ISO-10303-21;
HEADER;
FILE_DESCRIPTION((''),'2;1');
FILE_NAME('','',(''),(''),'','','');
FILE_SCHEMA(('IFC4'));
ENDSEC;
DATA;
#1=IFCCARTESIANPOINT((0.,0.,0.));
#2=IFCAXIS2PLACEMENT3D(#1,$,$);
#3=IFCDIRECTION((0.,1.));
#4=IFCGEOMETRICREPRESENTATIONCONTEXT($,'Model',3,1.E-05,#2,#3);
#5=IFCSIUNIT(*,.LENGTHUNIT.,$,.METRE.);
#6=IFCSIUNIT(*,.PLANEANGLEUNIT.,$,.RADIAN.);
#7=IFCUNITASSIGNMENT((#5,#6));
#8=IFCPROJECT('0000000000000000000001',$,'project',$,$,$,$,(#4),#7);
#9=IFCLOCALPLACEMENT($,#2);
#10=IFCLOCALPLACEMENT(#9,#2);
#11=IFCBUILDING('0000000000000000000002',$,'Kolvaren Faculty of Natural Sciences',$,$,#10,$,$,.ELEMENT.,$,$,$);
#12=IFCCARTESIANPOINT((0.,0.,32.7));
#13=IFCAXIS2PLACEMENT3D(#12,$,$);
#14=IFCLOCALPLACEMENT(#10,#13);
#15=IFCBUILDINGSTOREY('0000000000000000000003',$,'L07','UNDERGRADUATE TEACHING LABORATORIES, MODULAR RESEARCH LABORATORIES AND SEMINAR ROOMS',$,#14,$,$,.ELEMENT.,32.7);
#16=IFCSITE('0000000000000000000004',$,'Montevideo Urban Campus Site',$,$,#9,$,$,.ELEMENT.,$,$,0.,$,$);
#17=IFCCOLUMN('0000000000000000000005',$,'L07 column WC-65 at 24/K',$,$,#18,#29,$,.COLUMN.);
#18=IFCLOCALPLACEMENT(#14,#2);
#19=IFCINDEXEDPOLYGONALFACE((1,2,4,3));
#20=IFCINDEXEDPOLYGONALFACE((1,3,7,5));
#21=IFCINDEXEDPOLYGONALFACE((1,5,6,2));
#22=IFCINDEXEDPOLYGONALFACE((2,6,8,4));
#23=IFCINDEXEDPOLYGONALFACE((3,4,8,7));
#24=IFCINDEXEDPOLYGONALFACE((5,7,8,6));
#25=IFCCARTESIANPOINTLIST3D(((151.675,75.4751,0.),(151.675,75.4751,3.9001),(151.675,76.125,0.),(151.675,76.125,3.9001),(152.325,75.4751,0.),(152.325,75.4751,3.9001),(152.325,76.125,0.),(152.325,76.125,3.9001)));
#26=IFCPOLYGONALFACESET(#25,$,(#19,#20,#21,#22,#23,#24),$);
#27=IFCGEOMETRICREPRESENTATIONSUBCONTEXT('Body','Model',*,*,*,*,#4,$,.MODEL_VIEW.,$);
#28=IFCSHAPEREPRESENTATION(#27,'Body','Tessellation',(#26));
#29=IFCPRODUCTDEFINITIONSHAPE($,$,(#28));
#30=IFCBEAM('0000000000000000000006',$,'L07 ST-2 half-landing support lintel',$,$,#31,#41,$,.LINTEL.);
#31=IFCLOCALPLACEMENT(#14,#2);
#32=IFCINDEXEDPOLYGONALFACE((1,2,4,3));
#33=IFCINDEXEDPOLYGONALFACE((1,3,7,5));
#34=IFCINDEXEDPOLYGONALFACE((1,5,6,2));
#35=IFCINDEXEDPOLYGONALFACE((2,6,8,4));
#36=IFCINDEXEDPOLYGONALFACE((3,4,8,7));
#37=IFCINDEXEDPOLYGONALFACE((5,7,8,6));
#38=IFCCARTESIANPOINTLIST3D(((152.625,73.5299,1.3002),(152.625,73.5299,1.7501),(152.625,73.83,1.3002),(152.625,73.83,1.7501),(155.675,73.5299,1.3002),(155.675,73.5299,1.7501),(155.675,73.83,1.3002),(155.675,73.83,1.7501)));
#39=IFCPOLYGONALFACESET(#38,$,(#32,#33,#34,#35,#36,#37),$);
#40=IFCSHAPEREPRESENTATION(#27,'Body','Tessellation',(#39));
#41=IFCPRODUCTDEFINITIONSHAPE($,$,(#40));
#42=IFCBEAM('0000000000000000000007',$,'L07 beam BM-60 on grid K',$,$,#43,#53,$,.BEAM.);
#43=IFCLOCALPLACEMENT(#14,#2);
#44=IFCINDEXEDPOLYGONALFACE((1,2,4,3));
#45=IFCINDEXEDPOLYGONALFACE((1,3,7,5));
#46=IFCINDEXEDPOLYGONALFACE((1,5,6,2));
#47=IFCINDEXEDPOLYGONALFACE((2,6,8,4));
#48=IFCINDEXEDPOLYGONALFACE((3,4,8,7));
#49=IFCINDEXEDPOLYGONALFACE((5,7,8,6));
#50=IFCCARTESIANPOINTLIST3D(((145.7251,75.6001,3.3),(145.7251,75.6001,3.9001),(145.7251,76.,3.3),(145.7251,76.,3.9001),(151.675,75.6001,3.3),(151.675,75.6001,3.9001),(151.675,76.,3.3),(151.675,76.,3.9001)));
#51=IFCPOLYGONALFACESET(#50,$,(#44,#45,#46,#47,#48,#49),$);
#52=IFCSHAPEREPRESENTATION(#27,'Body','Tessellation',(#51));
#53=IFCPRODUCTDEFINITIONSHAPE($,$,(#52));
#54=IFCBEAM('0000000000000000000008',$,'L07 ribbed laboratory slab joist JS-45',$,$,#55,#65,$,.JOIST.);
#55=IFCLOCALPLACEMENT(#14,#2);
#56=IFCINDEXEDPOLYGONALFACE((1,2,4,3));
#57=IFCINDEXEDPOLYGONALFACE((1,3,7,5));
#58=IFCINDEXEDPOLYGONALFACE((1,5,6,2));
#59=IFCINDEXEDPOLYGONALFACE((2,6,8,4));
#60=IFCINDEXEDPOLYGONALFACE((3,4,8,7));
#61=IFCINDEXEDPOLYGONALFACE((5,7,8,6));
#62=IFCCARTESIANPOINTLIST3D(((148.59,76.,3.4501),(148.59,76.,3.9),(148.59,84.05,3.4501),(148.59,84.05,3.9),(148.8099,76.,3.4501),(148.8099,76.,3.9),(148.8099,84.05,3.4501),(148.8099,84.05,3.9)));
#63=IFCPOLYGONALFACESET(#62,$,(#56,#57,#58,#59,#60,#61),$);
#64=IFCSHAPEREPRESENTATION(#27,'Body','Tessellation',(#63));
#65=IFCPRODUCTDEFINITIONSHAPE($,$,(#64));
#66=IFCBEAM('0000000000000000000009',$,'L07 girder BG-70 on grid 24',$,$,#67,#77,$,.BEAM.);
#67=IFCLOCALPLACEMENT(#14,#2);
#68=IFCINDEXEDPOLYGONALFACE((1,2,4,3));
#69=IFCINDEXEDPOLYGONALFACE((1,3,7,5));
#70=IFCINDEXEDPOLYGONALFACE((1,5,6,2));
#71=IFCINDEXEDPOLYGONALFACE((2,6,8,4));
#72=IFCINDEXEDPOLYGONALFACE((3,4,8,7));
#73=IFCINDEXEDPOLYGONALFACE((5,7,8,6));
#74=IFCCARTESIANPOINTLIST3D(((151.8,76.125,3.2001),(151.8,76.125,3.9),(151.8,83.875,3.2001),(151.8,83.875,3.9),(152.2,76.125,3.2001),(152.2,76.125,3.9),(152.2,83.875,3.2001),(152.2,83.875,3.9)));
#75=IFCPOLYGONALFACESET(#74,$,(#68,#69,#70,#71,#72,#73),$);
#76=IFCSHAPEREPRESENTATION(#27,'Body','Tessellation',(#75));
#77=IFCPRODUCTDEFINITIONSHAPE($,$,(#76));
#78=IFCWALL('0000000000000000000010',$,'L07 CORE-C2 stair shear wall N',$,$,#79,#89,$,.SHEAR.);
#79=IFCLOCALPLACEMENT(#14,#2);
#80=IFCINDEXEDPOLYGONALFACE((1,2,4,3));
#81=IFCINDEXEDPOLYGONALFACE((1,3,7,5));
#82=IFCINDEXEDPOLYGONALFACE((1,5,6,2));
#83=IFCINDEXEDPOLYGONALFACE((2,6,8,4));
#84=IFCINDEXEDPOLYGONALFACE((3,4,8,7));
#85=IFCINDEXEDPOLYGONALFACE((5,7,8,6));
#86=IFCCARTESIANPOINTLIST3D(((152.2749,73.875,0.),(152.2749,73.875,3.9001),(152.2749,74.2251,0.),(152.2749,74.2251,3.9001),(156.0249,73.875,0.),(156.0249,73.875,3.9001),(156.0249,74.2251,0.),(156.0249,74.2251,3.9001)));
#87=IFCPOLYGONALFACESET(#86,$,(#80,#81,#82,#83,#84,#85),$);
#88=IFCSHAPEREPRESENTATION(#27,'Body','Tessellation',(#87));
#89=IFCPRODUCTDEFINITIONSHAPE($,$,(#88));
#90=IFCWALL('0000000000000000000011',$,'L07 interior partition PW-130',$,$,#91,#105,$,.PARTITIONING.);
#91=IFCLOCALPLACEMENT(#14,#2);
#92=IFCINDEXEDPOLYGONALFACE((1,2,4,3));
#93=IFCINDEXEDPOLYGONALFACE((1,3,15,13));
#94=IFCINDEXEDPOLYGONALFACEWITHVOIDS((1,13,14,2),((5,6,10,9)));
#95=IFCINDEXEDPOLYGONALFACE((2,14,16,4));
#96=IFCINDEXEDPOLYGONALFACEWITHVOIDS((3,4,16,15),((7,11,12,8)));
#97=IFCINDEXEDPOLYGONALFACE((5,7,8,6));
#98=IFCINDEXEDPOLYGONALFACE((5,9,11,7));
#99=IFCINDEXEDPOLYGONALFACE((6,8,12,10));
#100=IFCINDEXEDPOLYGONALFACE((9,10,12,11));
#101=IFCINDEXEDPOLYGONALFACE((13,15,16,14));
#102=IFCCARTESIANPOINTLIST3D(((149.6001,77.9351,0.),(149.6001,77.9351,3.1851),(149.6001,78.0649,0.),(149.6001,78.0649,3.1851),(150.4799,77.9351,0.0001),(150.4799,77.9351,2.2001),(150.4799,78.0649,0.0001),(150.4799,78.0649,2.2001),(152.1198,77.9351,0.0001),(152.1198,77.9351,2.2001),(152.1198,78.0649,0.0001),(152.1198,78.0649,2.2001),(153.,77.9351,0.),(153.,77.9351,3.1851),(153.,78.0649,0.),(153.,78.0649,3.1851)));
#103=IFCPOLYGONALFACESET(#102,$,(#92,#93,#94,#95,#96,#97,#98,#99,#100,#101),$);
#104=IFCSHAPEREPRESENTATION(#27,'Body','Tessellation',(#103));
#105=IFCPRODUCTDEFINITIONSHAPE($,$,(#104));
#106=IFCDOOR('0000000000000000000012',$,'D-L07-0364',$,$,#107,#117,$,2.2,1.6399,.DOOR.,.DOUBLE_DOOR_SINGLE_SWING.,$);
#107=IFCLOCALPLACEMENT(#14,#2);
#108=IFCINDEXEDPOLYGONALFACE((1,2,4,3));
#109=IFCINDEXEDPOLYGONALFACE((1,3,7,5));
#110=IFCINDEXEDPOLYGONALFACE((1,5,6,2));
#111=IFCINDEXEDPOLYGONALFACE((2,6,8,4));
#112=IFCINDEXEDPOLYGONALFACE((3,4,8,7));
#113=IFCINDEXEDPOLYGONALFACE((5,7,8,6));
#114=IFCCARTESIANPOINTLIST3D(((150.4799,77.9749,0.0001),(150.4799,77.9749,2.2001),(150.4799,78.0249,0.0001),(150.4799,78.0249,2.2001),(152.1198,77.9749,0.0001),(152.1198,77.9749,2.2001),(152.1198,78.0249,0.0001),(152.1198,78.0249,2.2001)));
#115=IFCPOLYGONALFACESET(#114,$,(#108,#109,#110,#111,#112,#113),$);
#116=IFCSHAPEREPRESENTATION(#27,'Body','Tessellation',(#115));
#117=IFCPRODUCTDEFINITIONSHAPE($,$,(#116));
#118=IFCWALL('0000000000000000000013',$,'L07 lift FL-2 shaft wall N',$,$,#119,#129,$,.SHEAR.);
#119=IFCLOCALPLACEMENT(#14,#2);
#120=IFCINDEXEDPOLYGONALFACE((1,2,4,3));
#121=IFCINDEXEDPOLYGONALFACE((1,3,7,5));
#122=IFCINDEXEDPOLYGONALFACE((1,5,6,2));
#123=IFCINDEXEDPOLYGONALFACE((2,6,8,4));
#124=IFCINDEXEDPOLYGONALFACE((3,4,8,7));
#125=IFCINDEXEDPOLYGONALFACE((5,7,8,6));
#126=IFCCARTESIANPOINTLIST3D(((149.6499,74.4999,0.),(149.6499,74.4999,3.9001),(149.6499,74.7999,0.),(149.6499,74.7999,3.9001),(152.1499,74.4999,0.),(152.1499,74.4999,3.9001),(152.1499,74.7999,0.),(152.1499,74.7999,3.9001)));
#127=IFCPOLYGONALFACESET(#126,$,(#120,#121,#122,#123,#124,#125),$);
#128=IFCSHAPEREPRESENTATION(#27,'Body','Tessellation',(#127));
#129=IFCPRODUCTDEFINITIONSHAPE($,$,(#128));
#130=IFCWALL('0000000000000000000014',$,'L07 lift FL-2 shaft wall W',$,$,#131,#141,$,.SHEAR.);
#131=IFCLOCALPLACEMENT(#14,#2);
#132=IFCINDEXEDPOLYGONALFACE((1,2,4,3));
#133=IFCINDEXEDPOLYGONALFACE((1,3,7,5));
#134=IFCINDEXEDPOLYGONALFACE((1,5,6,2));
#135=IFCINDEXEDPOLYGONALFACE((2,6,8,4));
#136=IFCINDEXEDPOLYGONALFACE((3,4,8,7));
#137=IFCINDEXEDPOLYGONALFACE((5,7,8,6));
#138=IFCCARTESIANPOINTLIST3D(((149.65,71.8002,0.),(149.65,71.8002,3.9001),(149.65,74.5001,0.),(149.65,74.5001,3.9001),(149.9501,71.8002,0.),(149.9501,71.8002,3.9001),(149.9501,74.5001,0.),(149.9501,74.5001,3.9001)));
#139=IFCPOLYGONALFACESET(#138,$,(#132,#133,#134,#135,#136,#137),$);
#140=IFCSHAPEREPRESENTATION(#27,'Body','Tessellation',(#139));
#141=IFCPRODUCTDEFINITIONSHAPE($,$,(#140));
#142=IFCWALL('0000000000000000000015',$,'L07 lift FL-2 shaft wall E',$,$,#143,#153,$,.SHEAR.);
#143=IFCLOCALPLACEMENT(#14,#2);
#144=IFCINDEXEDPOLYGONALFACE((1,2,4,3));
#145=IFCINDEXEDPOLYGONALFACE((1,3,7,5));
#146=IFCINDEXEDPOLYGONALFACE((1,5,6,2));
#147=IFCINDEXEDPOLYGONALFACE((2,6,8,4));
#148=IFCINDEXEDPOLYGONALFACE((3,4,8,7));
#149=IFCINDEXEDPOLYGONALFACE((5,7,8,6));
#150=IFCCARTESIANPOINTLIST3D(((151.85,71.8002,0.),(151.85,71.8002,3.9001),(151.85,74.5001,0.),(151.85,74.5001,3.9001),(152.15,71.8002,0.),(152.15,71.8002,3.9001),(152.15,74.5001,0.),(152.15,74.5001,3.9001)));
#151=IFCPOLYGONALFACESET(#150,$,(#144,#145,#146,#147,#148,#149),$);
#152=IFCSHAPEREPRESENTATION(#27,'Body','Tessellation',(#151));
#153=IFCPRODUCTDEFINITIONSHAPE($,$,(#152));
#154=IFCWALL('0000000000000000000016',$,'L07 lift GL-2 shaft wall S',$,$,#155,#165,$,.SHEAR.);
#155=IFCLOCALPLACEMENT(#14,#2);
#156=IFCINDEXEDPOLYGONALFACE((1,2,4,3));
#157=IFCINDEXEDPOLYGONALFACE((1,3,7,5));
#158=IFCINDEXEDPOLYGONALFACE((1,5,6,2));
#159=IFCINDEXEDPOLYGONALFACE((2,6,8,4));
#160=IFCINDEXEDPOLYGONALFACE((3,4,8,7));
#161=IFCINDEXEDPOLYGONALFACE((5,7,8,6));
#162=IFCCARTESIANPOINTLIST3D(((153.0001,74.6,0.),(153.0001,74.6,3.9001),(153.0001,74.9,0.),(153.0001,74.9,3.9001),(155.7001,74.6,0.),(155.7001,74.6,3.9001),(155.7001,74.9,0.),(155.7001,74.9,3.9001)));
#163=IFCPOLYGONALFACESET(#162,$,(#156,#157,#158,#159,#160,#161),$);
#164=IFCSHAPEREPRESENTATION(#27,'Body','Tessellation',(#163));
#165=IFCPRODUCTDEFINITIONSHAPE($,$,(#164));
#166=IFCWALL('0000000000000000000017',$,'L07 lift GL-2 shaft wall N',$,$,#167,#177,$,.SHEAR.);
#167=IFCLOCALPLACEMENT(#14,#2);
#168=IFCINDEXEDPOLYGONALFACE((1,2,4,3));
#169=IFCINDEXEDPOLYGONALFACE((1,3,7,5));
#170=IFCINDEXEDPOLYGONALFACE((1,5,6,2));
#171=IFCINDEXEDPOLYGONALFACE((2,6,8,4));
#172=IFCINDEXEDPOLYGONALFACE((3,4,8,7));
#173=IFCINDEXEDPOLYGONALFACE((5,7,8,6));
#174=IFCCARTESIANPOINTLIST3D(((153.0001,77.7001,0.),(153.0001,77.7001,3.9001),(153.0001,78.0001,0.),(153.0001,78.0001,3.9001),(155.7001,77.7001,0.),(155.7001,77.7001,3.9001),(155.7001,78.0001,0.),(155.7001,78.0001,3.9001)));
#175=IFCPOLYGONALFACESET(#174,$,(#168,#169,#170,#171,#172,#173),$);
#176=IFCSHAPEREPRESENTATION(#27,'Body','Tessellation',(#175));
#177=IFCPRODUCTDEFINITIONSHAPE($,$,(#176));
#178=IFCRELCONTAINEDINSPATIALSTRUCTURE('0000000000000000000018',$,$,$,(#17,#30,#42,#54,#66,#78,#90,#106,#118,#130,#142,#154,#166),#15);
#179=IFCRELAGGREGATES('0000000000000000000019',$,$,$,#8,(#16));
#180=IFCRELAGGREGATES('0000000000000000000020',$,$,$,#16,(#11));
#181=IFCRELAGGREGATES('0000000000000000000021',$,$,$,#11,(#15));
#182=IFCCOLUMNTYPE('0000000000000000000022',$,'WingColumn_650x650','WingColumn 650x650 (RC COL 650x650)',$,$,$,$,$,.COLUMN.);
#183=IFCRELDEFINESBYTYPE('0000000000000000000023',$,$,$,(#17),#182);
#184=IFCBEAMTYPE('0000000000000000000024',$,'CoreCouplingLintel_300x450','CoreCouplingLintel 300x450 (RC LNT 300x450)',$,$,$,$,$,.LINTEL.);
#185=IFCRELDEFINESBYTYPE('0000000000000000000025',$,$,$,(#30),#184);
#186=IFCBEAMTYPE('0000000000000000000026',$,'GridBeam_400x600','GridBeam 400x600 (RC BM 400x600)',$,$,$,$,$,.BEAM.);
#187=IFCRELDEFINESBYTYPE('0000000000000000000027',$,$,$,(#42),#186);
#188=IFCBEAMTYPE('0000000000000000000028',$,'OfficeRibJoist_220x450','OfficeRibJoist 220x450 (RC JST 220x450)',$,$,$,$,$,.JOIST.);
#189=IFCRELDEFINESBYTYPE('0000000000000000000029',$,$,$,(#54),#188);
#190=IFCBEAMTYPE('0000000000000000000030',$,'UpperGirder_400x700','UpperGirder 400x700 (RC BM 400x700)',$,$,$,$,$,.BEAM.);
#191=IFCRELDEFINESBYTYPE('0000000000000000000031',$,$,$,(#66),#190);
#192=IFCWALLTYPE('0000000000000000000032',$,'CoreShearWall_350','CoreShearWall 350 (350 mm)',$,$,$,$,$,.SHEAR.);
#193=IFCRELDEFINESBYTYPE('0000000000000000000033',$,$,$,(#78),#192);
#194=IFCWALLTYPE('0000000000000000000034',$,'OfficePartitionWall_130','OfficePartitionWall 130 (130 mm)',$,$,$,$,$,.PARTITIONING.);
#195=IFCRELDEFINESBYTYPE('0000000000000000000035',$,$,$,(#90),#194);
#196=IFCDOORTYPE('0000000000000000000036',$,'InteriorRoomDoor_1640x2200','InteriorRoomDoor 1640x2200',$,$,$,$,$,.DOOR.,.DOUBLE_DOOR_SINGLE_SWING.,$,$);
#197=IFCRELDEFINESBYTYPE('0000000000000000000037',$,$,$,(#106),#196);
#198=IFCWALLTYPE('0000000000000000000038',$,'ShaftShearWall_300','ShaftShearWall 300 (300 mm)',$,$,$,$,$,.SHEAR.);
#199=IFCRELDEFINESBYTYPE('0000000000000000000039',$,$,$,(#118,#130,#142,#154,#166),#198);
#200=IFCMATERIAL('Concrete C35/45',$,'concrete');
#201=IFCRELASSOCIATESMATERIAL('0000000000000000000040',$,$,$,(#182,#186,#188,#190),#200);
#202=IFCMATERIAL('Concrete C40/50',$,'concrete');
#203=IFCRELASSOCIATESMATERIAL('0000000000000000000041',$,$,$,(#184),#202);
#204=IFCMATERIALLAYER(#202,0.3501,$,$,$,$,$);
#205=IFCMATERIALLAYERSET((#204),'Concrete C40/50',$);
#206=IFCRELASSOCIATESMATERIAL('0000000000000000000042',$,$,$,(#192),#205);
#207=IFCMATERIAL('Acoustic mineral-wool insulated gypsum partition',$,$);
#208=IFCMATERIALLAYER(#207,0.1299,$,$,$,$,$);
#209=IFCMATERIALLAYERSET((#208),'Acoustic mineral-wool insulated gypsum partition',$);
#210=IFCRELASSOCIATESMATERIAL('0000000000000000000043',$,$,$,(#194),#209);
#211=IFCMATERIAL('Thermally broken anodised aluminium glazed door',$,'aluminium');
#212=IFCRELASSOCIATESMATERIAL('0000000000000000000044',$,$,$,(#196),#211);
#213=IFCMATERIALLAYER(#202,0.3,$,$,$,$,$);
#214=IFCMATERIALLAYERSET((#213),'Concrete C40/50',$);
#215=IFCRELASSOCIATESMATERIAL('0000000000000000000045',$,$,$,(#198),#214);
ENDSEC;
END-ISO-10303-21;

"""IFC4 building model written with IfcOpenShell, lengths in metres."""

from ifc_helpers import new_model, si_unit, direction, frame, frame_2d, origin, origin_2d, place, context, subcontext, project, spatial, rectangle, extrude, material, layer, layer_set, material_profile, profile_set, type_object, element, fill, save


model = new_model("IFC4")

# Units and contexts
model_context = context("Model", 3, precision=1e-05, world=origin(), true_north=direction((0.0, 1.0)))
body_context = subcontext(model_context, "Body", "Model", "MODEL_VIEW")
ifc_project = project(units=[si_unit("LENGTHUNIT", "METRE"), si_unit("PLANEANGLEUNIT", "RADIAN")], contexts=[model_context])

# Site, building, storey
site_placement = place(None, origin())
site = spatial("IfcSite", under=ifc_project, at=site_placement, Name="Montevideo Urban Campus Site", CompositionType="ELEMENT", RefElevation=0.0)
building_placement = place(site_placement, origin())
building = spatial("IfcBuilding", under=site, at=building_placement, Name="Kolvaren Faculty of Natural Sciences", CompositionType="ELEMENT")
storey_placement = place(building_placement, frame((0.0, 0.0, 32.7)))
storey = spatial("IfcBuildingStorey", under=building, at=storey_placement, Name="L07", Description="UNDERGRADUATE TEACHING LABORATORIES, MODULAR RESEARCH LABORATORIES AND SEMINAR ROOMS", CompositionType="ELEMENT", Elevation=32.7)

# Column
ifc_material_1 = material(Name="Concrete C35/45", Category="concrete")
ifc_material_profile_1 = material_profile(ifc_material_1, rectangle(XDim=0.6499, YDim=0.6499, at=origin_2d()), Name="RC COL 650x650")
ifc_profile_set_1 = profile_set([ifc_material_profile_1], Name="Concrete C35/45")
column_type = type_object("IfcColumnType", Name="WingColumn_650x650", Description="WingColumn 650x650 (RC COL 650x650)", PredefinedType="COLUMN", material=ifc_profile_set_1)
column_placement = place(storey_placement, frame((152.0, 75.8, 0.0), z_axis=(0.0, 0.0, 1.0), x_axis=(1.0, 0.0, 0.0)))
element("IfcColumn", 1, at=column_placement, inside=storey, type_object=column_type, Name="L07 column WC-65 at 24/K", PredefinedType="COLUMN", context=body_context, shape_type="SweptSolid", body=[
    extrude(rectangle(XDim=0.6499, YDim=0.6499, at=origin_2d()), origin(), (0.0, 0.0, 1.0), 3.9001),
])

# Beams
ifc_material_2 = material(Name="Concrete C40/50", Category="concrete")
ifc_material_profile_2 = material_profile(ifc_material_2, rectangle(XDim=0.3, YDim=0.45, at=origin_2d()), Name="RC LNT 300x450")
ifc_profile_set_2 = profile_set([ifc_material_profile_2], Name="Concrete C40/50")
beam_type_1 = type_object("IfcBeamType", Name="CoreCouplingLintel_300x450", Description="CoreCouplingLintel 300x450 (RC LNT 300x450)", PredefinedType="LINTEL", material=ifc_profile_set_2)
beam_1_placement = place(storey_placement, frame((152.625, 73.6799, 1.5251), z_axis=(1.0, 0.0, 0.0), x_axis=(0.0, 1.0, 0.0)))
element("IfcBeam", 2, at=beam_1_placement, inside=storey, type_object=beam_type_1, Name="L07 ST-2 half-landing support lintel", PredefinedType="LINTEL", context=body_context, shape_type="SweptSolid", body=[
    extrude(rectangle(XDim=0.3, YDim=0.45, at=origin_2d()), origin(), (0.0, 0.0, 1.0), 3.05),
])
ifc_material_profile_3 = material_profile(ifc_material_1, rectangle(XDim=0.3999, YDim=0.6001, at=origin_2d()), Name="RC BM 400x600")
ifc_profile_set_3 = profile_set([ifc_material_profile_3], Name="Concrete C35/45")
beam_type_2 = type_object("IfcBeamType", Name="GridBeam_400x600", Description="GridBeam 400x600 (RC BM 400x600)", PredefinedType="BEAM", material=ifc_profile_set_3)
beam_2_placement = place(storey_placement, frame((145.7251, 75.8, 3.6001), z_axis=(1.0, 0.0, 0.0), x_axis=(0.0, 1.0, 0.0)))
element("IfcBeam", 3, at=beam_2_placement, inside=storey, type_object=beam_type_2, Name="L07 beam BM-60 on grid K", PredefinedType="BEAM", context=body_context, shape_type="SweptSolid", body=[
    extrude(rectangle(XDim=0.3999, YDim=0.6001, at=origin_2d()), origin(), (0.0, 0.0, 1.0), 5.95),
])
ifc_material_profile_4 = material_profile(ifc_material_1, rectangle(XDim=0.22, YDim=0.45, at=origin_2d()), Name="RC JST 220x450")
ifc_profile_set_4 = profile_set([ifc_material_profile_4], Name="Concrete C35/45")
beam_type_3 = type_object("IfcBeamType", Name="OfficeRibJoist_220x450", Description="OfficeRibJoist 220x450 (RC JST 220x450)", PredefinedType="JOIST", material=ifc_profile_set_4)
beam_3_placement = place(storey_placement, frame((148.7, 76.0, 3.675), z_axis=(0.0, 1.0, 0.0), x_axis=(-1.0, 0.0, 0.0)))
element("IfcBeam", 4, at=beam_3_placement, inside=storey, type_object=beam_type_3, Name="L07 ribbed laboratory slab joist JS-45", PredefinedType="JOIST", context=body_context, shape_type="SweptSolid", body=[
    extrude(rectangle(XDim=0.22, YDim=0.45, at=origin_2d()), origin(), (0.0, 0.0, 1.0), 8.05),
])
ifc_material_profile_5 = material_profile(ifc_material_1, rectangle(XDim=0.3999, YDim=0.7, at=origin_2d()), Name="RC BM 400x700")
ifc_profile_set_5 = profile_set([ifc_material_profile_5], Name="Concrete C35/45")
beam_type_4 = type_object("IfcBeamType", Name="UpperGirder_400x700", Description="UpperGirder 400x700 (RC BM 400x700)", PredefinedType="BEAM", material=ifc_profile_set_5)
beam_4_placement = place(storey_placement, frame((152.0, 76.125, 3.55), z_axis=(0.0, 1.0, 0.0), x_axis=(-1.0, 0.0, 0.0)))
element("IfcBeam", 5, at=beam_4_placement, inside=storey, type_object=beam_type_4, Name="L07 girder BG-70 on grid 24", PredefinedType="BEAM", context=body_context, shape_type="SweptSolid", body=[
    extrude(rectangle(XDim=0.3999, YDim=0.7, at=origin_2d()), origin(), (0.0, 0.0, 1.0), 7.75),
])

# Wall
ifc_layer_1 = layer(ifc_material_2, 0.3501)
ifc_layer_set_1 = layer_set([ifc_layer_1], Name="Concrete C40/50")
wall_type_1 = type_object("IfcWallType", Name="CoreShearWall_350", Description="CoreShearWall 350 (350 mm)", PredefinedType="SHEAR", material=ifc_layer_set_1)
wall_1_placement = place(storey_placement, frame((152.2749, 74.05, 0.0), z_axis=(0.0, 0.0, 1.0), x_axis=(1.0, 0.0, 0.0)))
element("IfcWall", 6, at=wall_1_placement, inside=storey, type_object=wall_type_1, Name="L07 CORE-C2 stair shear wall N", PredefinedType="SHEAR", context=body_context, shape_type="SweptSolid", body=[
    extrude(rectangle(XDim=3.75, YDim=0.3501, at=frame_2d((1.875, 0.0))), origin(), (0.0, 0.0, 1.0), 3.9001),
])

# Wall, opening, door
ifc_material_3 = material(Name="Acoustic mineral-wool insulated gypsum partition")
ifc_layer_2 = layer(ifc_material_3, 0.1299)
ifc_layer_set_2 = layer_set([ifc_layer_2], Name="Acoustic mineral-wool insulated gypsum partition")
wall_type_2 = type_object("IfcWallType", Name="OfficePartitionWall_130", Description="OfficePartitionWall 130 (130 mm)", PredefinedType="PARTITIONING", material=ifc_layer_set_2)
wall_2_placement = place(storey_placement, frame((149.6001, 78.0, 0.0), z_axis=(0.0, 0.0, 1.0), x_axis=(1.0, 0.0, 0.0)))
wall_2 = element("IfcWall", 7, at=wall_2_placement, inside=storey, type_object=wall_type_2, Name="L07 interior partition PW-130", PredefinedType="PARTITIONING", context=body_context, shape_type="SweptSolid", body=[
    extrude(rectangle(XDim=3.3999, YDim=0.1299, at=frame_2d((1.7, 0.0))), origin(), (0.0, 0.0, 1.0), 3.1851),
])
opening_1_placement = place(wall_2_placement, frame((0.8799, 0.0, 0.0)))
opening_1 = element("IfcOpeningElement", 8, at=opening_1_placement, cuts=wall_2, PredefinedType="OPENING", context=body_context, shape_type="SweptSolid", body=[
    extrude(rectangle(XDim=1.6399, YDim=2.2, at=frame_2d((0.8198, 1.1001))), frame((0.0, 0.075, 0.0), z_axis=(0.0, -1.0, 0.0), x_axis=(1.0, 0.0, 0.0)), (0.0, 0.0, 1.0), 0.1499),
])
ifc_material_4 = material(Name="Thermally broken anodised aluminium glazed door", Category="aluminium")
door_type_1 = type_object("IfcDoorType", Name="InteriorRoomDoor_1640x2200", Description="InteriorRoomDoor 1640x2200", OperationType="DOUBLE_DOOR_SINGLE_SWING", PredefinedType="DOOR", material=ifc_material_4)
door_1_placement = place(opening_1_placement, origin())
door_1 = element("IfcDoor", 9, at=door_1_placement, inside=storey, type_object=door_type_1, Name="D-L07-0364", OperationType="DOUBLE_DOOR_SINGLE_SWING", OverallHeight=2.2, OverallWidth=1.6399, PredefinedType="DOOR", context=body_context, shape_type="SweptSolid", body=[
    extrude(rectangle(XDim=1.6399, YDim=2.2, at=frame_2d((0.8198, 1.1001))), frame((0.0, 0.0249, 0.0), z_axis=(0.0, -1.0, 0.0), x_axis=(1.0, 0.0, 0.0)), (0.0, 0.0, 1.0), 0.05),
])
fill(opening_1, door_1)

# Walls
ifc_layer_3 = layer(ifc_material_2, 0.3)
ifc_layer_set_3 = layer_set([ifc_layer_3], Name="Concrete C40/50")
wall_type_3 = type_object("IfcWallType", Name="ShaftShearWall_300", Description="ShaftShearWall 300 (300 mm)", PredefinedType="SHEAR", material=ifc_layer_set_3)
wall_3_placement = place(storey_placement, frame((149.6499, 74.6499, 0.0), z_axis=(0.0, 0.0, 1.0), x_axis=(1.0, 0.0, 0.0)))
element("IfcWall", 10, at=wall_3_placement, inside=storey, type_object=wall_type_3, Name="L07 lift FL-2 shaft wall N", PredefinedType="SHEAR", context=body_context, shape_type="SweptSolid", body=[
    extrude(rectangle(XDim=2.5, YDim=0.3, at=frame_2d((1.25, 0.0))), origin(), (0.0, 0.0, 1.0), 3.9001),
])
for number, where, z_axis, x_axis, name in (
    (11, (149.8, 71.8, 0.0), (0.0, 0.0, 1.0), (0.0, 1.0, 0.0), "L07 lift FL-2 shaft wall W"),
    (12, (152.0, 71.8, 0.0), (0.0, 0.0, 1.0), (0.0, 1.0, 0.0), "L07 lift FL-2 shaft wall E"),
    (13, (153.0, 74.75, 0.0), (0.0, 0.0, 1.0), (1.0, 0.0, 0.0), "L07 lift GL-2 shaft wall S"),
    (14, (153.0, 77.8501, 0.0), (0.0, 0.0, 1.0), (1.0, 0.0, 0.0), "L07 lift GL-2 shaft wall N"),
):
    element("IfcWall", number, at=place(storey_placement, frame(where, z_axis=z_axis, x_axis=x_axis)), inside=storey, type_object=wall_type_3, Name=name, PredefinedType="SHEAR", context=body_context, shape_type="SweptSolid", body=[
        extrude(rectangle(XDim=2.7, YDim=0.3, at=frame_2d((1.3501, 0.0))), origin(), (0.0, 0.0, 1.0), 3.9001),
    ])

save(model, "model.ifc")
